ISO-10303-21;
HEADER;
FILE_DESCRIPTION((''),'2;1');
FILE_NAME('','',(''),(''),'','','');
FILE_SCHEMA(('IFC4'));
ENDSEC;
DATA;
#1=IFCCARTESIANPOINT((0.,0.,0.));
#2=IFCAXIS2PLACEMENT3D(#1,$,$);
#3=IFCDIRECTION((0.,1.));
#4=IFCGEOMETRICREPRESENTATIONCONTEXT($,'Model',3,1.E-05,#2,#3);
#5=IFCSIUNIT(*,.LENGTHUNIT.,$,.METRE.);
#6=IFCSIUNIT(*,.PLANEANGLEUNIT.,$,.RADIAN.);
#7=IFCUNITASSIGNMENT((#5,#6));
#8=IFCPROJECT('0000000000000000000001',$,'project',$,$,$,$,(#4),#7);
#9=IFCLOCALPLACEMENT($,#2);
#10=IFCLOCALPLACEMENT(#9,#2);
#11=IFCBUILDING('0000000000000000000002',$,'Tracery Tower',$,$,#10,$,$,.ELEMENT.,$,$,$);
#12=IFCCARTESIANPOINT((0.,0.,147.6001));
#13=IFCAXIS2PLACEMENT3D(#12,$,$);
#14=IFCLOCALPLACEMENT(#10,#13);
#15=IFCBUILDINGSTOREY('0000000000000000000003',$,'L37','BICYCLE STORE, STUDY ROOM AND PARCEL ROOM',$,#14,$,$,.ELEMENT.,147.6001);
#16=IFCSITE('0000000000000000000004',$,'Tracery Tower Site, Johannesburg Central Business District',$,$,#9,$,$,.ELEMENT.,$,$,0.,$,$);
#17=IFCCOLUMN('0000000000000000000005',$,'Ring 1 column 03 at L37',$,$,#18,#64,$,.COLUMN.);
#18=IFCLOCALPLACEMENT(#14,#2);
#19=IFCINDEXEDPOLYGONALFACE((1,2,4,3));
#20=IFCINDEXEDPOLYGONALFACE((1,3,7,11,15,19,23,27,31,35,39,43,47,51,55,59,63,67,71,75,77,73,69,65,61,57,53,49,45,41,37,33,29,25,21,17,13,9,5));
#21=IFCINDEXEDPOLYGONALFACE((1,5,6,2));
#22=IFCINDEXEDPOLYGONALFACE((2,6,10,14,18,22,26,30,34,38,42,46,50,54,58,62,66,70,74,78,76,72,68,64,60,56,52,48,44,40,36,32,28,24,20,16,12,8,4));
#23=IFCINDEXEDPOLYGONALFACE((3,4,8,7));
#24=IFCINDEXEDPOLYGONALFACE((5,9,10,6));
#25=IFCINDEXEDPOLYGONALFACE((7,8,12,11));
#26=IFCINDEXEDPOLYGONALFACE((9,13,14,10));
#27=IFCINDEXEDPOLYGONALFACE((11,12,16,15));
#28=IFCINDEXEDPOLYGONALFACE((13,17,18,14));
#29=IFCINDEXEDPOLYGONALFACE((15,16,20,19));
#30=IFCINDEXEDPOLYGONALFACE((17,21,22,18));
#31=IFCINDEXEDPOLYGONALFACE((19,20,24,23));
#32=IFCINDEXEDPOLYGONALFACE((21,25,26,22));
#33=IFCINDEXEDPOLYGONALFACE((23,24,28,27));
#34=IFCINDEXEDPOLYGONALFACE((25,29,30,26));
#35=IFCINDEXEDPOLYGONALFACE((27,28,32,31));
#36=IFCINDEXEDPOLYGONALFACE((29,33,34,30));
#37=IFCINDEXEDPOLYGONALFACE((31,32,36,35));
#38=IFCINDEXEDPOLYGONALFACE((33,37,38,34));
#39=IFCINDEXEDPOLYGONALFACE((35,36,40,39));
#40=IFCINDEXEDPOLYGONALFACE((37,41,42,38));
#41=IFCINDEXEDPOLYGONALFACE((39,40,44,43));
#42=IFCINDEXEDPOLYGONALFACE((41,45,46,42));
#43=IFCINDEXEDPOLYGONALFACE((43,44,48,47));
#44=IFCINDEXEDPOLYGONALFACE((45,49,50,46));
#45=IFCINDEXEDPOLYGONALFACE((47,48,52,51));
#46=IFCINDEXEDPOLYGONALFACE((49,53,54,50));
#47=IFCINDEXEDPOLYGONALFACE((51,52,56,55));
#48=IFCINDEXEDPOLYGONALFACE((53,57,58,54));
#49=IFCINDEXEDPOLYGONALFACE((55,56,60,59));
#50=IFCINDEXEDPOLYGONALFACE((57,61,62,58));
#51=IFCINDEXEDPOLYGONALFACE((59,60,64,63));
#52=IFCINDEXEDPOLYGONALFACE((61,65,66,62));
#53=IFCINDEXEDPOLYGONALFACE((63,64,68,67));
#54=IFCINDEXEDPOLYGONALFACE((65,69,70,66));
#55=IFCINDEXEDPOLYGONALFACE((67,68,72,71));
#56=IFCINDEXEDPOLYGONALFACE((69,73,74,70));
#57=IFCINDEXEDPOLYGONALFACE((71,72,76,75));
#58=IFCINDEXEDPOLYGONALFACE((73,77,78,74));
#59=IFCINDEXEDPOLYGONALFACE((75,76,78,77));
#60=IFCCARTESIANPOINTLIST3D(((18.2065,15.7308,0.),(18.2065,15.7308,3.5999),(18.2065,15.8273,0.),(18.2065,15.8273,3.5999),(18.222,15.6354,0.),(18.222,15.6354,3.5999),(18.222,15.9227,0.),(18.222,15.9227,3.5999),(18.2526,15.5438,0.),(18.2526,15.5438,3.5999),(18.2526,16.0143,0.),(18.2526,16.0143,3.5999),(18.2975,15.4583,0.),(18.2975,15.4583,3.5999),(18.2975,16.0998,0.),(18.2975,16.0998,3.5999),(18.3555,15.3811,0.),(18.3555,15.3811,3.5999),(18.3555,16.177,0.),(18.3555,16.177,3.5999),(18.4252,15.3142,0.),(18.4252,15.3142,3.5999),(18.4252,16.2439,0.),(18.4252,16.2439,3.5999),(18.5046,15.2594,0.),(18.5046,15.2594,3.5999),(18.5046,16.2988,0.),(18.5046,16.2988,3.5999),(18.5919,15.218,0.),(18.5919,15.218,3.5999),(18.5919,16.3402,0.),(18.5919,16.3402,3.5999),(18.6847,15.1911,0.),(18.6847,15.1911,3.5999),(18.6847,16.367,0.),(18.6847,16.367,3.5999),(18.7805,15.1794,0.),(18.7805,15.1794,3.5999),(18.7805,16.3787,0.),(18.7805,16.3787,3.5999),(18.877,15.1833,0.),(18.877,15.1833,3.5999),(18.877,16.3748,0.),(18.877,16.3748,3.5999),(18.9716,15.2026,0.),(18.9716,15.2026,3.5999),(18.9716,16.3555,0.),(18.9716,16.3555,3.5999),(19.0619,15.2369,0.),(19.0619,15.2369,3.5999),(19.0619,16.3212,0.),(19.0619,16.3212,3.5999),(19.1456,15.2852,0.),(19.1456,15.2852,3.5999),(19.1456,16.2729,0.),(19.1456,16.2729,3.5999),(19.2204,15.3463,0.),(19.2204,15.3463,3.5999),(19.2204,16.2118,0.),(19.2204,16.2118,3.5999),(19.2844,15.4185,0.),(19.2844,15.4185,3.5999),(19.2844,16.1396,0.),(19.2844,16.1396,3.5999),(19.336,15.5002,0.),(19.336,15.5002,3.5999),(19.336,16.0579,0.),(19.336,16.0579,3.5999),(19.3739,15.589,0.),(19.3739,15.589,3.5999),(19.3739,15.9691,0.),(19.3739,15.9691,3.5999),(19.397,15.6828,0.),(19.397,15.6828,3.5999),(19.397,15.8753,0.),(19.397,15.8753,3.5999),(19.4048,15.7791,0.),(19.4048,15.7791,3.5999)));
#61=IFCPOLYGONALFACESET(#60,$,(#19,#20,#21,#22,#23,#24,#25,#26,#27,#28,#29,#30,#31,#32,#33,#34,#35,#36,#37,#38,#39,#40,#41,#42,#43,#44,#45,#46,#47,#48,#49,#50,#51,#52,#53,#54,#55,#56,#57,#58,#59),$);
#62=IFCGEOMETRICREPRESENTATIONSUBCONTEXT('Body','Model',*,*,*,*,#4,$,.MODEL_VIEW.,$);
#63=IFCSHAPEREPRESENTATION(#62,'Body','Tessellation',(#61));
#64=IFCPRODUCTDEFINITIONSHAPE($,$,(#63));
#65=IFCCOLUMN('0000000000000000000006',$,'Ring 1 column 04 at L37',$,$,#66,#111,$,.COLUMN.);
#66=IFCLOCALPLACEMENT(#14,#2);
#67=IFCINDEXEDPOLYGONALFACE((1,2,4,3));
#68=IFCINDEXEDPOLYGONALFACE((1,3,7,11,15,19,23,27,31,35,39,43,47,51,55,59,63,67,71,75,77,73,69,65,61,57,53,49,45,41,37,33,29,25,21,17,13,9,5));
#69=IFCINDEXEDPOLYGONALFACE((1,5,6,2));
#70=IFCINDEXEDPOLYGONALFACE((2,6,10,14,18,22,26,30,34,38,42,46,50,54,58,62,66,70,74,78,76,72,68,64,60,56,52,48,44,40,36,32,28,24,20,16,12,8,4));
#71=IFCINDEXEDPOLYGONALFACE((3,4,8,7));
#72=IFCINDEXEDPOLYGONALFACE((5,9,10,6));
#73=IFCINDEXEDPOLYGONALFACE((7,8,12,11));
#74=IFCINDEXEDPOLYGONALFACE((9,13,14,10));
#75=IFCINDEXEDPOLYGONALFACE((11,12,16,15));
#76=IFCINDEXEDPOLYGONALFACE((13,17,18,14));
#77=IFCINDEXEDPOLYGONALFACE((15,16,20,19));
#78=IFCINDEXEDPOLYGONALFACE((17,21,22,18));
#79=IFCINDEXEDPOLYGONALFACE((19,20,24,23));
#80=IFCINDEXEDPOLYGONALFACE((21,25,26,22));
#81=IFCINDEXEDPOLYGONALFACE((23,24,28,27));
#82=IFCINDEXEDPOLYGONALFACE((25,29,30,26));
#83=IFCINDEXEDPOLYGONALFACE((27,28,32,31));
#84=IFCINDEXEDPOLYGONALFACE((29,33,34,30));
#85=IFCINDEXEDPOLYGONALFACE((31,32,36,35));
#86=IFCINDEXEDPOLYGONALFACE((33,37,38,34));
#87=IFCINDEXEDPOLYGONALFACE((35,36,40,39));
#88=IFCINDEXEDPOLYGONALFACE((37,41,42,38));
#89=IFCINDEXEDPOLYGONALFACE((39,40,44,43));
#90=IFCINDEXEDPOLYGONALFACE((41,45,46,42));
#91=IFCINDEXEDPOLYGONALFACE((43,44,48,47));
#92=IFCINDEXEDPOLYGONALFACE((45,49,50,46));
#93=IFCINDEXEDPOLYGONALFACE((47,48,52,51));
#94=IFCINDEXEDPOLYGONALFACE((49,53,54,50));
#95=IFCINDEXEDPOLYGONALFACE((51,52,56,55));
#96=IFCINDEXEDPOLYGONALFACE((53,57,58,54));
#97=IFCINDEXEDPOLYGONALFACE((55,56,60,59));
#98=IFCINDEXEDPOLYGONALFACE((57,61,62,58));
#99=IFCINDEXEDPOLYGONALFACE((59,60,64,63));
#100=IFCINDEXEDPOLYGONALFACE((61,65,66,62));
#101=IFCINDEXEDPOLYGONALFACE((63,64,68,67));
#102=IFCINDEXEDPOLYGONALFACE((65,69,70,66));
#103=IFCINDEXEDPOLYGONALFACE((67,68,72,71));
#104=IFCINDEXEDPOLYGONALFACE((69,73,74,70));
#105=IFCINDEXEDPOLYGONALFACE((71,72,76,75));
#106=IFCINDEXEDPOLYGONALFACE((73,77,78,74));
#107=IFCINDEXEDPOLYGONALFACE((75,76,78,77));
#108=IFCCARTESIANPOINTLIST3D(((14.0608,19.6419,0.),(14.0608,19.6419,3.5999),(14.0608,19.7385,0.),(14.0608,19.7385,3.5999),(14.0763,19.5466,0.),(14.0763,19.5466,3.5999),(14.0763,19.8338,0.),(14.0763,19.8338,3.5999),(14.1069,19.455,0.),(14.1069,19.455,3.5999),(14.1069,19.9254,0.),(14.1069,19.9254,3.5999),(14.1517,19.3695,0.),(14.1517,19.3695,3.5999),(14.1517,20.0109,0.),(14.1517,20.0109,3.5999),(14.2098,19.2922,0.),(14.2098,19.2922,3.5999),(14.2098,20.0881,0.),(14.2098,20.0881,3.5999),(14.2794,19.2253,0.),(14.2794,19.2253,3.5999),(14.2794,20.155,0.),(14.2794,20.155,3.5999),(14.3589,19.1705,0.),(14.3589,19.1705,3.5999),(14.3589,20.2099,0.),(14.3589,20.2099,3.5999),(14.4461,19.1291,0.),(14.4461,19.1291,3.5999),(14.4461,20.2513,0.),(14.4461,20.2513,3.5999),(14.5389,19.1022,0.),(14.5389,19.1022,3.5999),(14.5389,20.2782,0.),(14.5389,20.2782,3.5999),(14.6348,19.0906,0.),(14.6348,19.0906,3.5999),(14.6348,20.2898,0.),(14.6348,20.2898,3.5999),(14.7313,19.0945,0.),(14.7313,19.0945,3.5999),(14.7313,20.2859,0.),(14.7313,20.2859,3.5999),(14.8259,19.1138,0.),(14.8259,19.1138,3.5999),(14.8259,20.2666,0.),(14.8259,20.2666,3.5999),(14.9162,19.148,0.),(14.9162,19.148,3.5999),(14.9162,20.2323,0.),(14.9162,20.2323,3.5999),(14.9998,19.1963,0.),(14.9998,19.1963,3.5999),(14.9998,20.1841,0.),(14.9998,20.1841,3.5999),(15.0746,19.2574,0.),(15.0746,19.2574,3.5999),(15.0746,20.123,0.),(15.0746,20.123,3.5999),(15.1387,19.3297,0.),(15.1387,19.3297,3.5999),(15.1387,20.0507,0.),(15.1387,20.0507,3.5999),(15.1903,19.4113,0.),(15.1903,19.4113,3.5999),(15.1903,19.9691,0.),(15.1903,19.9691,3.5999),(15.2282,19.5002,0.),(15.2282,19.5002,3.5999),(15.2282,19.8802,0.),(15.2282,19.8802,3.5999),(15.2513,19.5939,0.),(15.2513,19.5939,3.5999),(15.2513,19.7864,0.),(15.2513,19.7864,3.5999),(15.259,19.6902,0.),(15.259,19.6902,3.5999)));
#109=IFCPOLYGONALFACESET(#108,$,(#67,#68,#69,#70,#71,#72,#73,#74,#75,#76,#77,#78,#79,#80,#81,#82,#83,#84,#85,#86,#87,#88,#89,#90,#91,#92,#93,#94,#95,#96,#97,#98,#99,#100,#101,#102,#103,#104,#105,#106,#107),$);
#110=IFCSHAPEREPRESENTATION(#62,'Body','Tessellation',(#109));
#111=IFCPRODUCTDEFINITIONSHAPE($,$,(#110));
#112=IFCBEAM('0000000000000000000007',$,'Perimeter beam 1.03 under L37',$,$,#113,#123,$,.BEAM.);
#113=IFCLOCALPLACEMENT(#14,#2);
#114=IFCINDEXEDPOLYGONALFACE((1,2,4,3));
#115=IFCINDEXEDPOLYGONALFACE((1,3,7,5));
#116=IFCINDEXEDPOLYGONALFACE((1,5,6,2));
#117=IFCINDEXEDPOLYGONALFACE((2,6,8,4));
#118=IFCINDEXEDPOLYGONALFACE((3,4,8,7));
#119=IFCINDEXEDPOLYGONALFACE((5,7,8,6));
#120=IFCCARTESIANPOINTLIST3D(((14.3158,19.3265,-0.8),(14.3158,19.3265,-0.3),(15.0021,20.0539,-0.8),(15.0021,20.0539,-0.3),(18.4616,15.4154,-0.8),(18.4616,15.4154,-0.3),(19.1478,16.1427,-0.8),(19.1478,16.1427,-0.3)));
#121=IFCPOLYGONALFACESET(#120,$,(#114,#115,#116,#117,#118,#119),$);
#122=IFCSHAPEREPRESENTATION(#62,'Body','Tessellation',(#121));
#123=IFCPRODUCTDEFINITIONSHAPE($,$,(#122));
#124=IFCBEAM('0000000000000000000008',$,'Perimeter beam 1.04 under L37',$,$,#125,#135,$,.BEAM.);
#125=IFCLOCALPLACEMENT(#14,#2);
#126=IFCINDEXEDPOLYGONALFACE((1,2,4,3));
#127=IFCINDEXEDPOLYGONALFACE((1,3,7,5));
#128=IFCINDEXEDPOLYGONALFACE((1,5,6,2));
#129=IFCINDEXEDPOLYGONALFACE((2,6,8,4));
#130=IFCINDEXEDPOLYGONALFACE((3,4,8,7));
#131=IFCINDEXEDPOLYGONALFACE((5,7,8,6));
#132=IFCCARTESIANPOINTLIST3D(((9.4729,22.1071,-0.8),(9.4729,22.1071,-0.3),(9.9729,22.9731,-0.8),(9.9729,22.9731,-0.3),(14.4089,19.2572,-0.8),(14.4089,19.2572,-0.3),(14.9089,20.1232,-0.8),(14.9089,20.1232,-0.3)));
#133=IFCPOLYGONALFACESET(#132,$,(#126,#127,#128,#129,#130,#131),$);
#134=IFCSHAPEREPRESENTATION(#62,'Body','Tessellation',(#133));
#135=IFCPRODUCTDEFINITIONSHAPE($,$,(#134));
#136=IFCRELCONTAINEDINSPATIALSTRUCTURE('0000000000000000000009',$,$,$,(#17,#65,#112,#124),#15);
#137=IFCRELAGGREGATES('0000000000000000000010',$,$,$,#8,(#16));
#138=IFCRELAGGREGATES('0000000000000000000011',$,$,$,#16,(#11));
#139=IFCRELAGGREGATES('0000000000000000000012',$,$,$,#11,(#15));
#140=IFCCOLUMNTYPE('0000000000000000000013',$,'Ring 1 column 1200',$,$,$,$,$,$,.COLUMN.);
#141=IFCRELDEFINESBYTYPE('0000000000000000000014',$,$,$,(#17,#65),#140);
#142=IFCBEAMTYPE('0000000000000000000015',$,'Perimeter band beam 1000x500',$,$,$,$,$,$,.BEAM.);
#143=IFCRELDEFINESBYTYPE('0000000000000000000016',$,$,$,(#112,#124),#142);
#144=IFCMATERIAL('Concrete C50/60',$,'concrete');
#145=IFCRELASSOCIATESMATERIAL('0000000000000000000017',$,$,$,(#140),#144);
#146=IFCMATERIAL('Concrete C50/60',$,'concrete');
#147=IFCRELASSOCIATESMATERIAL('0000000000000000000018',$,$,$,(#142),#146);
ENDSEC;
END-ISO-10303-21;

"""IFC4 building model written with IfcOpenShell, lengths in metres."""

from ifc_helpers import new_model, si_unit, direction, frame, origin, origin_2d, place, context, subcontext, project, spatial, rectangle, circle, extrude, material, material_profile, profile_set, type_object, element, save


model = new_model("IFC4")

# Units and contexts
model_context = context("Model", 3, precision=1e-05, world=origin(), true_north=direction((0.0, 1.0)))
body_context = subcontext(model_context, "Body", "Model", "MODEL_VIEW")
ifc_project = project(units=[si_unit("LENGTHUNIT", "METRE"), si_unit("PLANEANGLEUNIT", "RADIAN")], contexts=[model_context])

# Site, building, storey
site_placement = place(None, origin())
site = spatial("IfcSite", under=ifc_project, at=site_placement, Name="Tracery Tower Site, Johannesburg Central Business District", CompositionType="ELEMENT", RefElevation=0.0)
building_placement = place(site_placement, origin())
building = spatial("IfcBuilding", under=site, at=building_placement, Name="Tracery Tower", CompositionType="ELEMENT")
storey_placement = place(building_placement, frame((0.0, 0.0, 147.6001)))
storey = spatial("IfcBuildingStorey", under=building, at=storey_placement, Name="L37", Description="BICYCLE STORE, STUDY ROOM AND PARCEL ROOM", CompositionType="ELEMENT", Elevation=147.6001)

# Columns
ifc_material_1 = material(Name="Concrete C50/60", Category="concrete")
ifc_material_profile_1 = material_profile(ifc_material_1, circle(Radius=0.6001, at=origin_2d()), Name="RC D1200")
ifc_profile_set_1 = profile_set([ifc_material_profile_1], Name="Concrete C50/60")
column_type = type_object("IfcColumnType", Name="Ring 1 column 1200", PredefinedType="COLUMN", material=ifc_profile_set_1)
for number, where, z_axis, x_axis, name in (
    (1, (18.8047, 15.7791, 0.0), (0.0, 0.0, 1.0), (1.0, 0.0, 0.0), "Ring 1 column 03 at L37"),
    (2, (14.6589, 19.6902, 0.0), (0.0, 0.0, 1.0), (1.0, 0.0, 0.0), "Ring 1 column 04 at L37"),
):
    element("IfcColumn", number, at=place(storey_placement, frame(where, z_axis=z_axis, x_axis=x_axis)), inside=storey, type_object=column_type, Name=name, PredefinedType="COLUMN", context=body_context, shape_type="SweptSolid", body=[
        extrude(circle(Radius=0.6001, at=origin_2d()), origin(), (0.0, 0.0, 1.0), 3.5999),
    ])

# Beams
ifc_material_2 = material(Name="Concrete C50/60", Category="concrete")
ifc_material_profile_2 = material_profile(ifc_material_2, rectangle(XDim=1.0, YDim=0.5, at=origin_2d()), Name="RC 1000x500")
ifc_profile_set_2 = profile_set([ifc_material_profile_2], Name="Concrete C50/60")
beam_type = type_object("IfcBeamType", Name="Perimeter band beam 1000x500", PredefinedType="BEAM", material=ifc_profile_set_2)
beam_1_placement = place(storey_placement, frame((18.8047, 15.7791, -0.55), z_axis=(-0.72739, 0.686225, 0.0), x_axis=(-0.686225, -0.72739, 0.0)))
element("IfcBeam", 3, at=beam_1_placement, inside=storey, type_object=beam_type, Name="Perimeter beam 1.03 under L37", PredefinedType="BEAM", context=body_context, shape_type="SweptSolid", body=[
    extrude(rectangle(XDim=1.0, YDim=0.5, at=origin_2d()), origin(), (0.0, 0.0, 1.0), 5.6995),
])
beam_2_placement = place(storey_placement, frame((14.6589, 19.6902, -0.55), z_axis=(-0.866023, 0.500004, 0.0), x_axis=(-0.500004, -0.866023, 0.0)))
element("IfcBeam", 4, at=beam_2_placement, inside=storey, type_object=beam_type, Name="Perimeter beam 1.04 under L37", PredefinedType="BEAM", context=body_context, shape_type="SweptSolid", body=[
    extrude(rectangle(XDim=1.0, YDim=0.5, at=origin_2d()), origin(), (0.0, 0.0, 1.0), 5.6997),
])

save(model, "model.ifc")
